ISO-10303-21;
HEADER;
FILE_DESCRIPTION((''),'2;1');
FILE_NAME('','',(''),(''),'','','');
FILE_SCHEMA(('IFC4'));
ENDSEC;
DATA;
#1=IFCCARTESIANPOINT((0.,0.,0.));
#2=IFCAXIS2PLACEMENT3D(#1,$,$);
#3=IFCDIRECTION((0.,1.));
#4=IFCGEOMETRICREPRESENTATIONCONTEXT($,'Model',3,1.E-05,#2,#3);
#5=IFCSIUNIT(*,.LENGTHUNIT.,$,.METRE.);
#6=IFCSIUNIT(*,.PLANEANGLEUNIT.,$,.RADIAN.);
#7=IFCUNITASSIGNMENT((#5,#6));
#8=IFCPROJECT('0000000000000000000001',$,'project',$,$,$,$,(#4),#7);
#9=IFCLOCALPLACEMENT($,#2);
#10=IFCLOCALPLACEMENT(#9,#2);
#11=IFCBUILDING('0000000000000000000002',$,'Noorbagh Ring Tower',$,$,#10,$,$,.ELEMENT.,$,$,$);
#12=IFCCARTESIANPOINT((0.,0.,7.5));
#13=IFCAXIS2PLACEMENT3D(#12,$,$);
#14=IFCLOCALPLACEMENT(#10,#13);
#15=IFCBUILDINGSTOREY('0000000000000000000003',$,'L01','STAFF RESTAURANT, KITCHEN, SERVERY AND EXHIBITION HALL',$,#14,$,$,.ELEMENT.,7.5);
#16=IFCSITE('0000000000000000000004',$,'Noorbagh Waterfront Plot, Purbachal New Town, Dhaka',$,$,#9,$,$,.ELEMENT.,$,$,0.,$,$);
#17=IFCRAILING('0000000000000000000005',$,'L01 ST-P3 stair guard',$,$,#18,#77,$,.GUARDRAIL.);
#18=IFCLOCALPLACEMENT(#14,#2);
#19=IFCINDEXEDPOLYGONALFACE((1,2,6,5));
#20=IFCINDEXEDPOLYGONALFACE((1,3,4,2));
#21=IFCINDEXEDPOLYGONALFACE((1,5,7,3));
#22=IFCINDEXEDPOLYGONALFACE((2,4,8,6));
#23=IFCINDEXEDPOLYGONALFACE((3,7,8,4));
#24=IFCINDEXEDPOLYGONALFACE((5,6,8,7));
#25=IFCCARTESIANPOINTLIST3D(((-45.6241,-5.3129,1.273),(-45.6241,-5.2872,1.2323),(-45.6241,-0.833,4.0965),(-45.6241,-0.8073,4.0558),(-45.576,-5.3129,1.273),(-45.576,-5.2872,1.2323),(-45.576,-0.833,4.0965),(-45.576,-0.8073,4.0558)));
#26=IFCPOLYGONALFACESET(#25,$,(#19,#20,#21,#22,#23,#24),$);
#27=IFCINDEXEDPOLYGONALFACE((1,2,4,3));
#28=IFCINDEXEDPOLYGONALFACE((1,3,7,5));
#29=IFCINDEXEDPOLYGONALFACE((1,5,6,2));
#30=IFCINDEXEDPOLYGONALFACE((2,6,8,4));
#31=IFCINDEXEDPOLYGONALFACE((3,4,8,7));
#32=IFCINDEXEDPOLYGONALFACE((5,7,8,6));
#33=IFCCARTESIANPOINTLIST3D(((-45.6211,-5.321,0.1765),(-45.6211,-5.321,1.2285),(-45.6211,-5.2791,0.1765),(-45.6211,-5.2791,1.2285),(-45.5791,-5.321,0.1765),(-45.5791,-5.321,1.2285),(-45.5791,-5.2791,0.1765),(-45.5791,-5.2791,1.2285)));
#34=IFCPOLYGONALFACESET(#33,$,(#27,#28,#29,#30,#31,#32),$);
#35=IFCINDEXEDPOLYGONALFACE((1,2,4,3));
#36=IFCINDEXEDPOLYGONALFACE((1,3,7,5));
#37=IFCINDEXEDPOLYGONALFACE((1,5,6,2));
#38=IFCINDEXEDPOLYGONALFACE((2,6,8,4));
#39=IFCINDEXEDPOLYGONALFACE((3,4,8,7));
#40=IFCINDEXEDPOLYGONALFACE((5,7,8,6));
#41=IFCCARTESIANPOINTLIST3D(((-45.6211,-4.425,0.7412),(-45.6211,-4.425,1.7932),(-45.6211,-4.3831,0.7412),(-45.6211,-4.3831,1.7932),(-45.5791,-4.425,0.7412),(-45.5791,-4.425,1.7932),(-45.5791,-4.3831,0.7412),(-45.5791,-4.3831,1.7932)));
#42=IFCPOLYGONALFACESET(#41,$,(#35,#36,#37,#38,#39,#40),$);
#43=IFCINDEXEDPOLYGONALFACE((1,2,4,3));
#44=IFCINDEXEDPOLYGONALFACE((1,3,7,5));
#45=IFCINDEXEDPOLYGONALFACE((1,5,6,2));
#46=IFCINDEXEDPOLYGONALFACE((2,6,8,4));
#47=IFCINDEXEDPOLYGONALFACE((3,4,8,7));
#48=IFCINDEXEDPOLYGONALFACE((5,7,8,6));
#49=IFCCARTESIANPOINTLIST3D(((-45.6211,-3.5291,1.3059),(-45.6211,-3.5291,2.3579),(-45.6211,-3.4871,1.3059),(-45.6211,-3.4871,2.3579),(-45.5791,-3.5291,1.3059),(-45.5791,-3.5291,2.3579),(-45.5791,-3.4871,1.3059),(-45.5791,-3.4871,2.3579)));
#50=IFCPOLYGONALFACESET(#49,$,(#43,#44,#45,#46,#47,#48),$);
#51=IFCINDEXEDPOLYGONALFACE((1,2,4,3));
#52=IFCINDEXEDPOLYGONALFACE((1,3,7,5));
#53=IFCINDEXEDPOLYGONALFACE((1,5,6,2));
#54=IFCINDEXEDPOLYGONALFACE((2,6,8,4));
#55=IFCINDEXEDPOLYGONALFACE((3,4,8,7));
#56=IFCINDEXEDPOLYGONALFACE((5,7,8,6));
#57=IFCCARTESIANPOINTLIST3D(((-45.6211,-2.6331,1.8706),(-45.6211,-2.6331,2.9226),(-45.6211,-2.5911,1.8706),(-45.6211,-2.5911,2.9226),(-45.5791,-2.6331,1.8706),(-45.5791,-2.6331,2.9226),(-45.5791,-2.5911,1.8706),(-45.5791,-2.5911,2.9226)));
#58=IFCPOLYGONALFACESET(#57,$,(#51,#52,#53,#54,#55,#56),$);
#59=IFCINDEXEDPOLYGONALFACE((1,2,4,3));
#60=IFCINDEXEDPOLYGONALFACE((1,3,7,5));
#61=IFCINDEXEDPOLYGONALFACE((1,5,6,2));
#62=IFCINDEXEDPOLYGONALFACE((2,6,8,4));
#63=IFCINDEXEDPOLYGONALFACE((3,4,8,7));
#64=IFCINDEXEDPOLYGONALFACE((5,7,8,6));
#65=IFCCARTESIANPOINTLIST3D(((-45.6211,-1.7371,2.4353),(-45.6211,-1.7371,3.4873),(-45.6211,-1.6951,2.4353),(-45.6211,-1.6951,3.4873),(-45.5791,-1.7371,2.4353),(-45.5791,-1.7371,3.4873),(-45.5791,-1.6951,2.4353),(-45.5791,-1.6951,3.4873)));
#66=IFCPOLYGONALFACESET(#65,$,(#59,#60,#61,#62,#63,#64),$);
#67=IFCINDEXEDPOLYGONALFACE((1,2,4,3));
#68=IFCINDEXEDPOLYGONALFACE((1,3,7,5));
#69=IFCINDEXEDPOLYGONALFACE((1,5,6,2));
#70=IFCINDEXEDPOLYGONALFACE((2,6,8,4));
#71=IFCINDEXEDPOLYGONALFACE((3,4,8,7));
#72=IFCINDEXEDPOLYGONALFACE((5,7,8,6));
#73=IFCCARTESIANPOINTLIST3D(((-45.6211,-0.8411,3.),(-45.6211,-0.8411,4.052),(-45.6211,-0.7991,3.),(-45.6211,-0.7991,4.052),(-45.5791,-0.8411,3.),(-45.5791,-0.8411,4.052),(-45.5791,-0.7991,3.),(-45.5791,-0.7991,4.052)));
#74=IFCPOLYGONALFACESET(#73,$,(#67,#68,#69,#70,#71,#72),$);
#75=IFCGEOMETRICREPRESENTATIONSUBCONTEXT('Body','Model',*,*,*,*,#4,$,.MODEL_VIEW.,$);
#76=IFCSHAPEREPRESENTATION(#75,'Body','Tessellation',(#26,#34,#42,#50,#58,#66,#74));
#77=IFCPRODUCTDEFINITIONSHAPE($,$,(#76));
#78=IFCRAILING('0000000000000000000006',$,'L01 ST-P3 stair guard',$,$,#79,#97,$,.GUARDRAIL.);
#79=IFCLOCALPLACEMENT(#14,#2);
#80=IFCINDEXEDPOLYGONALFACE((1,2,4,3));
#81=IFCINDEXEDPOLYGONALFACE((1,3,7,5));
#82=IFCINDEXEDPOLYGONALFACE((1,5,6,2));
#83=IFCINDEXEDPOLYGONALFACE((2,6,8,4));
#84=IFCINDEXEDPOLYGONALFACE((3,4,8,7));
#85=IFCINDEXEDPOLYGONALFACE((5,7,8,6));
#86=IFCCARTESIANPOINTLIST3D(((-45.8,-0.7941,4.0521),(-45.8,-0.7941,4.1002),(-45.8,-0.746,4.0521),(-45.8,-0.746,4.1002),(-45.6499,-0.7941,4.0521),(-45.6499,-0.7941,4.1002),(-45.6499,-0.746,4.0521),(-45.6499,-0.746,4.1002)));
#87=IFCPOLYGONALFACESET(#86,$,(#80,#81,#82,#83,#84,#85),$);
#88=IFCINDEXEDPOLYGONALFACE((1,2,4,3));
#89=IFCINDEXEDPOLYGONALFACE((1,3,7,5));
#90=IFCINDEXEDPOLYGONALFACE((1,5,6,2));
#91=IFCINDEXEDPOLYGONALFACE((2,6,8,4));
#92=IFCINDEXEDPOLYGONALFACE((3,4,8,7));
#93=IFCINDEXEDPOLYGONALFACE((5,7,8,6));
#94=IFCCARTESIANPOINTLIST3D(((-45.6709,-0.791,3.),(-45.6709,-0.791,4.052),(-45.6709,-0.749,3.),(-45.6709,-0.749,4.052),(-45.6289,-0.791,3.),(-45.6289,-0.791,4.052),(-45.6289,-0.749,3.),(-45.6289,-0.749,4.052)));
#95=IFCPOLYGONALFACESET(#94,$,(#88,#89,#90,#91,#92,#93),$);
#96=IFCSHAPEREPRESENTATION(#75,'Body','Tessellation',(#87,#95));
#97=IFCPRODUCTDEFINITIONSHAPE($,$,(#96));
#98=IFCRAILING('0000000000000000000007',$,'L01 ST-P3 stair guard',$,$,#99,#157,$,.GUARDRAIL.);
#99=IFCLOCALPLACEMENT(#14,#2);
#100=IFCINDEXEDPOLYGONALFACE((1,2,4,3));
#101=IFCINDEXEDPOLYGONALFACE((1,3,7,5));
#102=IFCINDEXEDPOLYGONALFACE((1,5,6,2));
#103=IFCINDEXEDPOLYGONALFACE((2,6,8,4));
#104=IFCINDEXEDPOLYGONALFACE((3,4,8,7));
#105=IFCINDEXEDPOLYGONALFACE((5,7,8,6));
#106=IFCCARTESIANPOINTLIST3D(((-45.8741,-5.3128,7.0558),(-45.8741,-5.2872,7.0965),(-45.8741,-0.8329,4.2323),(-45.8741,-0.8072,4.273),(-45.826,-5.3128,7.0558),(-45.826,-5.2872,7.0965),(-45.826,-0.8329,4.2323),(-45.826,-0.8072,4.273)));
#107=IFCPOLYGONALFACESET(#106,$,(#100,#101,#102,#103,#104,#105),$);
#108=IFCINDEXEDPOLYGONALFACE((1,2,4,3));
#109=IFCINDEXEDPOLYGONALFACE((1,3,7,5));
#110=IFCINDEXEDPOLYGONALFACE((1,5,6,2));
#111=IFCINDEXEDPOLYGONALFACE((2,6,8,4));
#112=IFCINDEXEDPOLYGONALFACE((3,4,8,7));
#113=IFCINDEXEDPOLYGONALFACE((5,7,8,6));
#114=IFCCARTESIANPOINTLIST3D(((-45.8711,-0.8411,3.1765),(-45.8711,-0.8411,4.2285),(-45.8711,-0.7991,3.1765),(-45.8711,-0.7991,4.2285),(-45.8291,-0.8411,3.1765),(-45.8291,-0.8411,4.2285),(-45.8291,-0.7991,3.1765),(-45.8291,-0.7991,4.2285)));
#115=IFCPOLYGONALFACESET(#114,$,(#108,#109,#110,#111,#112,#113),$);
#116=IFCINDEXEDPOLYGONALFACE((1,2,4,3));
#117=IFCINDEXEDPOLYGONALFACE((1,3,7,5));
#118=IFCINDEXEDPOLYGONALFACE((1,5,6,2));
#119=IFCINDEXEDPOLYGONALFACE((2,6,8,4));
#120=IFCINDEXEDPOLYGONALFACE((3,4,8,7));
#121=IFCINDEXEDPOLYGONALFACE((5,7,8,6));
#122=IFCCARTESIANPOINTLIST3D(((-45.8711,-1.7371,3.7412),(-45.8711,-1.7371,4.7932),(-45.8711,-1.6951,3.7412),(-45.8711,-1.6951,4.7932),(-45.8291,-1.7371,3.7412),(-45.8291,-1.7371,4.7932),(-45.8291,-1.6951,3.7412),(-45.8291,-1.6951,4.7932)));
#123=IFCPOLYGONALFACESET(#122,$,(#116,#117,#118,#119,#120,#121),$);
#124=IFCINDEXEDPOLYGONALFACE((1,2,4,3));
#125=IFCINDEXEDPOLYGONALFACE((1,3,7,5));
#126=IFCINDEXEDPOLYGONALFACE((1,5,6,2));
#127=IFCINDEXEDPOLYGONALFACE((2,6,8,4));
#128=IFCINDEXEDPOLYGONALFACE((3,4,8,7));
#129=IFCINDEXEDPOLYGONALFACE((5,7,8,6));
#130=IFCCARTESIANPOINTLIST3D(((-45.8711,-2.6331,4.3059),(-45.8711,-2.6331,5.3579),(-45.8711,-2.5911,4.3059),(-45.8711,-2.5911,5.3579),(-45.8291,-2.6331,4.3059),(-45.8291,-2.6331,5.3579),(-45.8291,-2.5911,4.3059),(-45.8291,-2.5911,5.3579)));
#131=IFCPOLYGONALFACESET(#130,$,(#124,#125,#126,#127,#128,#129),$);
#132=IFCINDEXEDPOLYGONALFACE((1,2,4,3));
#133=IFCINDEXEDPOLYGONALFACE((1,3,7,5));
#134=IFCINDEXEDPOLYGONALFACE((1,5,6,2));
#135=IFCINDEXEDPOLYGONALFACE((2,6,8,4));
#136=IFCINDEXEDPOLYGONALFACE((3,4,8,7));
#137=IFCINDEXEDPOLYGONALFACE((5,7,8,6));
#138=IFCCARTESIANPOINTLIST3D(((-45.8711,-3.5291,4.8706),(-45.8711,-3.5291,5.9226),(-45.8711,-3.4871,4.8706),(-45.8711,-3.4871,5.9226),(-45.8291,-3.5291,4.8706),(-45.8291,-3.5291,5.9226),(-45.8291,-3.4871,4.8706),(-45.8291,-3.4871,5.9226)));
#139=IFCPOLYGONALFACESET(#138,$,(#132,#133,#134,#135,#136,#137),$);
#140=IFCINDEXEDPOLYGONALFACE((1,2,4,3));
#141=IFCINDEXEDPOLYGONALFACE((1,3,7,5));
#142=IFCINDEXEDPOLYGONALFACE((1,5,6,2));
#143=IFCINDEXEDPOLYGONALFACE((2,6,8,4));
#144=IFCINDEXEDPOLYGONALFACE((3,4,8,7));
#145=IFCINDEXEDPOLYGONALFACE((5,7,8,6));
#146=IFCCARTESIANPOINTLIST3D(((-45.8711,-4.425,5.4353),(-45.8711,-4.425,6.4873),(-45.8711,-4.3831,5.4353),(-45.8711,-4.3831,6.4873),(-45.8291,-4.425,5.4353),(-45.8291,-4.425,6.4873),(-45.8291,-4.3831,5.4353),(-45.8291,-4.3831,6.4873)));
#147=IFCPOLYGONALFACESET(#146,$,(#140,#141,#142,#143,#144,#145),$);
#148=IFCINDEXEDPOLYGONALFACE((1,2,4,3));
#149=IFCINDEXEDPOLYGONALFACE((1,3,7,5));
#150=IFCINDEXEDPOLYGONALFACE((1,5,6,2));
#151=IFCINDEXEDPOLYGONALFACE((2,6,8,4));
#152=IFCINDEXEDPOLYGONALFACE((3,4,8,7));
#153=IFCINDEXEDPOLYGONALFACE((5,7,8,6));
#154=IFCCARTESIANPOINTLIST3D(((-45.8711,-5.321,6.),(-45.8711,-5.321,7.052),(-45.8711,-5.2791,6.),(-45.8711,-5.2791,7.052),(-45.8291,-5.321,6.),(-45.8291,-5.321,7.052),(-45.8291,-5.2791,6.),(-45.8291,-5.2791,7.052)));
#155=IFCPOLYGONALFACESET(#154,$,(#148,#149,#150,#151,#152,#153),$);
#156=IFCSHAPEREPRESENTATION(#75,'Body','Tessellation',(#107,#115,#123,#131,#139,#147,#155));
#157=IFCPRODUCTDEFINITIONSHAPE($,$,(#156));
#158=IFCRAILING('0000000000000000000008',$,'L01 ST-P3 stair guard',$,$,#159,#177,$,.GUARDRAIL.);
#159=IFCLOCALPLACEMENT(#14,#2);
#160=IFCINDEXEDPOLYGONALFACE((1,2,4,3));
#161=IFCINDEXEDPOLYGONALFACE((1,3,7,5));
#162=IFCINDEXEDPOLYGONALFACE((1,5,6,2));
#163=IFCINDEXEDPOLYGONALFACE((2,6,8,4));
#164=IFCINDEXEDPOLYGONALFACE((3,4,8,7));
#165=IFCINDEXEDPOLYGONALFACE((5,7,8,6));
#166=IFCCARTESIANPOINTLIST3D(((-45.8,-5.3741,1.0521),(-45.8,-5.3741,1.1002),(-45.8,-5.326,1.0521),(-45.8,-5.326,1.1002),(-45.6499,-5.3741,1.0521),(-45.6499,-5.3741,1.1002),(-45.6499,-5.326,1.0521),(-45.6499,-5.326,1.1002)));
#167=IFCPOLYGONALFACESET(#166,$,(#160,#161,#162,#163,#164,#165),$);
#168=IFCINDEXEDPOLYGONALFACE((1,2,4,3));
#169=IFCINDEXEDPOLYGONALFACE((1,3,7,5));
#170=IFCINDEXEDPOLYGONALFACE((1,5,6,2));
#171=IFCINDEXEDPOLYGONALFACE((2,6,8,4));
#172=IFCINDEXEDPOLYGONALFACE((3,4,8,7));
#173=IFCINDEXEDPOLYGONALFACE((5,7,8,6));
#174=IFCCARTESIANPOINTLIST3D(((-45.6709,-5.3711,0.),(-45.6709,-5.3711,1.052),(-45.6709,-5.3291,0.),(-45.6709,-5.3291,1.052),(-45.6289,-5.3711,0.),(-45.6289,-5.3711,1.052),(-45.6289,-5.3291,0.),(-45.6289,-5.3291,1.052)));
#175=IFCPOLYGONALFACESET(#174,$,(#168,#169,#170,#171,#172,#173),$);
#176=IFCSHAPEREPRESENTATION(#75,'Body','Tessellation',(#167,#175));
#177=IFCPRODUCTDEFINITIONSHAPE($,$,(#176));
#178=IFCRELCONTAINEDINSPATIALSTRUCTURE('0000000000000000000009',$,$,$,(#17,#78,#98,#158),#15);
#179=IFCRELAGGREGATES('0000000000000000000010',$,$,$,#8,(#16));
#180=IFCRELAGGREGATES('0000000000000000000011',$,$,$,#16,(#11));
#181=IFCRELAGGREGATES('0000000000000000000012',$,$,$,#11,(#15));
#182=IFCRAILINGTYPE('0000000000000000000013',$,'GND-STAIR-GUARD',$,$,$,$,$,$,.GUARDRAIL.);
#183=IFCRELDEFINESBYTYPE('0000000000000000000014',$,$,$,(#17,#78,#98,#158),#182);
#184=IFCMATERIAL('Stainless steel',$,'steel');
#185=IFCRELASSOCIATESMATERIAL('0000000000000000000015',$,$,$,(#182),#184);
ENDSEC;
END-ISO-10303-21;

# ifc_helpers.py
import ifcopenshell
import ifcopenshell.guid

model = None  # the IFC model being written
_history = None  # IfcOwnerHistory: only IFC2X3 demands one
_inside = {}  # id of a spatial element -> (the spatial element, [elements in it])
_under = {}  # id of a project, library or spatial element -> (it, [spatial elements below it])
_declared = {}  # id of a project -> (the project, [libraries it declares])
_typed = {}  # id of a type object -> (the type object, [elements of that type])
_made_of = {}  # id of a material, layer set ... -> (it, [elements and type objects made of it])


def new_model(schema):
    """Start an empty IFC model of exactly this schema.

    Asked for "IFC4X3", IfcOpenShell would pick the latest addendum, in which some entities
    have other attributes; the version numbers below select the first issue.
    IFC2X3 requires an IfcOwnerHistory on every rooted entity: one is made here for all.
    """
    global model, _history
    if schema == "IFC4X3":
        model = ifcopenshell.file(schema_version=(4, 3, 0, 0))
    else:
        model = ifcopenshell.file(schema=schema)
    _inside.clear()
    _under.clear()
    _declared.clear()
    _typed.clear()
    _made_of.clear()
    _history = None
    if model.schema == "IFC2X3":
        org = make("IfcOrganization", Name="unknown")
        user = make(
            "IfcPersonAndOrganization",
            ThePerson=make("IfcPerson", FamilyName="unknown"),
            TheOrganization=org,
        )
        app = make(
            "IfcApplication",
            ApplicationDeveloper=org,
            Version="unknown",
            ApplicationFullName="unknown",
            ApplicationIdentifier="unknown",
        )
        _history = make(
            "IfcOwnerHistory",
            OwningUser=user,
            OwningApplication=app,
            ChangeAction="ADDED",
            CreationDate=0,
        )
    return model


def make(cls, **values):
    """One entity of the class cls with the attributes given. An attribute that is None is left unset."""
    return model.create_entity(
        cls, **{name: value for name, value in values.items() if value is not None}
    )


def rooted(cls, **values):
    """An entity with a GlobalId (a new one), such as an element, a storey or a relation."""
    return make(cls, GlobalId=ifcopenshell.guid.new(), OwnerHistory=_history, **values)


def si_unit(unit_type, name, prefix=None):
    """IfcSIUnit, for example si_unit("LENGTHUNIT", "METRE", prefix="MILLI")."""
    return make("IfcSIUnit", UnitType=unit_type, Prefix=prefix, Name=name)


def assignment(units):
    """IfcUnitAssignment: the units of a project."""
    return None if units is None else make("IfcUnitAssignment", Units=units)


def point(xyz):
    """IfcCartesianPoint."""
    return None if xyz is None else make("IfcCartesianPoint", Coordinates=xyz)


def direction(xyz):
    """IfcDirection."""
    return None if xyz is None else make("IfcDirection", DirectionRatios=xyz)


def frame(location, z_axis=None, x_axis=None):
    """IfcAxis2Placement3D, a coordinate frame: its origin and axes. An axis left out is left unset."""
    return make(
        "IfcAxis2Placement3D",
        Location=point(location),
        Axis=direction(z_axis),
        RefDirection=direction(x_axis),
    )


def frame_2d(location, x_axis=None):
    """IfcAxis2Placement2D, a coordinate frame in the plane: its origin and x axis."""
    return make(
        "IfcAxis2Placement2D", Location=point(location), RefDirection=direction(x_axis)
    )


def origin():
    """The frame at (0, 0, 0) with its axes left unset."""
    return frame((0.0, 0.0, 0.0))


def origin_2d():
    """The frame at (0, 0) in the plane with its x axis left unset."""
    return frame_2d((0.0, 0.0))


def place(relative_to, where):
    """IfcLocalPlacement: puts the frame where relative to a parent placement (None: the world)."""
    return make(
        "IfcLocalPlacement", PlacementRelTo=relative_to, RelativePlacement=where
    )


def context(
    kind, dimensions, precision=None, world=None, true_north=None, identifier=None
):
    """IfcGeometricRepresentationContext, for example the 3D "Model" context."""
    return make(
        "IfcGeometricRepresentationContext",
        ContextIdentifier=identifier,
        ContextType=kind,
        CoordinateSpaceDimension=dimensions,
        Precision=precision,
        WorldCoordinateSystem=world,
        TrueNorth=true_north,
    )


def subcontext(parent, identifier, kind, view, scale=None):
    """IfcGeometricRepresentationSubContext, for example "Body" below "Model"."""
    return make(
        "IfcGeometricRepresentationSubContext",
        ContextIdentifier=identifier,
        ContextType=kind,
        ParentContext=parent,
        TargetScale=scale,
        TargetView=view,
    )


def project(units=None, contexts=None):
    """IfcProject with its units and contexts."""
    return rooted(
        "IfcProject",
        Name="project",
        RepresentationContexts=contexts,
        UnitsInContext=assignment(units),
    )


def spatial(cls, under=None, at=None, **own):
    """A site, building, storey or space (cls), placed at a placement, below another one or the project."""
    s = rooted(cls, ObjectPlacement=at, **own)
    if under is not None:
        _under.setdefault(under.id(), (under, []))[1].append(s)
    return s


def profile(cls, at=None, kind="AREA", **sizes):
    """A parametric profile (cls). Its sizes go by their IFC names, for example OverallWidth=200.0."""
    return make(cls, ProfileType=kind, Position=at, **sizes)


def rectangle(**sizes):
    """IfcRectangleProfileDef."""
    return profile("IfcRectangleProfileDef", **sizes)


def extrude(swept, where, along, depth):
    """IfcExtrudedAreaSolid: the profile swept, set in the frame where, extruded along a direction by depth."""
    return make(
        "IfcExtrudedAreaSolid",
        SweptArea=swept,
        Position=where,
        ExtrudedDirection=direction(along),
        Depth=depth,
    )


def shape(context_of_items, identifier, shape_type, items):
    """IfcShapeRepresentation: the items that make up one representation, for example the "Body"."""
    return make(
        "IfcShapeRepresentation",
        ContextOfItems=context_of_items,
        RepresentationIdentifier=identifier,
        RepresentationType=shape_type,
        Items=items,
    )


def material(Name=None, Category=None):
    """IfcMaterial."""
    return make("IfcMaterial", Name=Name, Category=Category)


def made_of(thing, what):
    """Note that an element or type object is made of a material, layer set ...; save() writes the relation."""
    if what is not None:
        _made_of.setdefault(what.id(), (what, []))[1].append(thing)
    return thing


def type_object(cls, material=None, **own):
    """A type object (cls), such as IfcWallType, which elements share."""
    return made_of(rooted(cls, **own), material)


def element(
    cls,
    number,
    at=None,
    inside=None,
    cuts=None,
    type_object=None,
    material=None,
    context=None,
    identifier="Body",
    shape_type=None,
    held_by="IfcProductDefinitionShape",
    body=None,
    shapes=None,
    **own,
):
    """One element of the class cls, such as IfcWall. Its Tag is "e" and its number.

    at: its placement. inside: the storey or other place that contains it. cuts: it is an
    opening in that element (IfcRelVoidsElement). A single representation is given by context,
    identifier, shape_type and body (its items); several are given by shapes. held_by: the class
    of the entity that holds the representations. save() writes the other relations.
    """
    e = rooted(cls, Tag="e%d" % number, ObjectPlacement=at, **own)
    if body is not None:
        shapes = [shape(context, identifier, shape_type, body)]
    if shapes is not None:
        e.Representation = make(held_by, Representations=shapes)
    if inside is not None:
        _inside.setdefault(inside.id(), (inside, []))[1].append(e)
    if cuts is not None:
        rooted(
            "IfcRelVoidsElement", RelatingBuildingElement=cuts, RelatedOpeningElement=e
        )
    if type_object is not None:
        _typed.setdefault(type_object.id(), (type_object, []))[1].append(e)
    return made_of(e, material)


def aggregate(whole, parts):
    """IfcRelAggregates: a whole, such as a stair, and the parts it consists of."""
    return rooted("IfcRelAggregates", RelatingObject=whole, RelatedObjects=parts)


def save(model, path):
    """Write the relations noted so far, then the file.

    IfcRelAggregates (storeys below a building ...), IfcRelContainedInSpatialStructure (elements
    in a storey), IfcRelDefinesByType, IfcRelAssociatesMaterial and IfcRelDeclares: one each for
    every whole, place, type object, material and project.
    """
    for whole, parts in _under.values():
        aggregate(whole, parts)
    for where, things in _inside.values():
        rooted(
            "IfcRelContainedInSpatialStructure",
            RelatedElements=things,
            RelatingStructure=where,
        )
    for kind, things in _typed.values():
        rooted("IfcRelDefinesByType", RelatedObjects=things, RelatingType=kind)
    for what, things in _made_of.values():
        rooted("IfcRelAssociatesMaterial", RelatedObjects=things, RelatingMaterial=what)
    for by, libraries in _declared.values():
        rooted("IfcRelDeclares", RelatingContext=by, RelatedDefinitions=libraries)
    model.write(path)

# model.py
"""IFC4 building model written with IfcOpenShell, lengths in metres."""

from ifc_helpers import new_model, si_unit, direction, frame, origin, origin_2d, place, context, subcontext, project, spatial, rectangle, extrude, material, type_object, element, save


model = new_model("IFC4")

# Units and contexts
model_context = context("Model", 3, precision=1e-05, world=origin(), true_north=direction((0.0, 1.0)))
body_context = subcontext(model_context, "Body", "Model", "MODEL_VIEW")
ifc_project = project(units=[si_unit("LENGTHUNIT", "METRE"), si_unit("PLANEANGLEUNIT", "RADIAN")], contexts=[model_context])

# Site, building, storey
site_placement = place(None, origin())
site = spatial("IfcSite", under=ifc_project, at=site_placement, Name="Noorbagh Waterfront Plot, Purbachal New Town, Dhaka", CompositionType="ELEMENT", RefElevation=0.0)
building_placement = place(site_placement, origin())
building = spatial("IfcBuilding", under=site, at=building_placement, Name="Noorbagh Ring Tower", CompositionType="ELEMENT")
storey_placement = place(building_placement, frame((0.0, 0.0, 7.5)))
storey = spatial("IfcBuildingStorey", under=building, at=storey_placement, Name="L01", Description="STAFF RESTAURANT, KITCHEN, SERVERY AND EXHIBITION HALL", CompositionType="ELEMENT", Elevation=7.5)

# Railings
ifc_material_1 = material(Name="Stainless steel", Category="steel")
railing_type = type_object("IfcRailingType", Name="GND-STAIR-GUARD", PredefinedType="GUARDRAIL", material=ifc_material_1)
railing_1_placement = place(storey_placement, frame((-45.6001, -5.3, 0.1765)))
element("IfcRailing", 1, at=railing_1_placement, inside=storey, type_object=railing_type, Name="L01 ST-P3 stair guard", PredefinedType="GUARDRAIL", context=body_context, shape_type="SweptSolid", body=[
    extrude(rectangle(XDim=0.0481, YDim=0.0481, at=origin_2d()), frame((0.0, 0.0, 1.0762), z_axis=(0.0, 0.845998, 0.533186), x_axis=(-1.0, 0.0, 0.0)), (0.0, 0.0, 1.0), 5.2954),
    extrude(rectangle(XDim=0.042, YDim=0.042, at=origin_2d()), origin(), (0.0, 0.0, 1.0), 1.052),
    extrude(rectangle(XDim=0.042, YDim=0.042, at=origin_2d()), frame((0.0, 0.896, 0.5647)), (0.0, 0.0, 1.0), 1.052),
    extrude(rectangle(XDim=0.042, YDim=0.042, at=origin_2d()), frame((0.0, 1.792, 1.1294)), (0.0, 0.0, 1.0), 1.052),
    extrude(rectangle(XDim=0.042, YDim=0.042, at=origin_2d()), frame((0.0, 2.688, 1.6941)), (0.0, 0.0, 1.0), 1.052),
    extrude(rectangle(XDim=0.042, YDim=0.042, at=origin_2d()), frame((0.0, 3.584, 2.2588)), (0.0, 0.0, 1.0), 1.052),
    extrude(rectangle(XDim=0.042, YDim=0.042, at=origin_2d()), frame((0.0, 4.48, 2.8235)), (0.0, 0.0, 1.0), 1.052),
])
railing_2_placement = place(storey_placement, frame((-45.6499, -0.77, 3.0)))
element("IfcRailing", 2, at=railing_2_placement, inside=storey, type_object=railing_type, Name="L01 ST-P3 stair guard", PredefinedType="GUARDRAIL", context=body_context, shape_type="SweptSolid", body=[
    extrude(rectangle(XDim=0.0481, YDim=0.0481, at=origin_2d()), frame((0.0, 0.0, 1.0762), z_axis=(-1.0, 0.0, 0.0), x_axis=(0.0, -1.0, 0.0)), (0.0, 0.0, 1.0), 0.1501),
    extrude(rectangle(XDim=0.042, YDim=0.042, at=origin_2d()), origin(), (0.0, 0.0, 1.0), 1.052),
])
railing_3_placement = place(storey_placement, frame((-45.8501, -0.8201, 3.1765)))
element("IfcRailing", 3, at=railing_3_placement, inside=storey, type_object=railing_type, Name="L01 ST-P3 stair guard", PredefinedType="GUARDRAIL", context=body_context, shape_type="SweptSolid", body=[
    extrude(rectangle(XDim=0.0481, YDim=0.0481, at=origin_2d()), frame((0.0, 0.0, 1.0762), z_axis=(0.0, -0.845998, 0.533186), x_axis=(1.0, 0.0, 0.0)), (0.0, 0.0, 1.0), 5.2954),
    extrude(rectangle(XDim=0.042, YDim=0.042, at=origin_2d()), origin(), (0.0, 0.0, 1.0), 1.052),
    extrude(rectangle(XDim=0.042, YDim=0.042, at=origin_2d()), frame((0.0, -0.896, 0.5647)), (0.0, 0.0, 1.0), 1.052),
    extrude(rectangle(XDim=0.042, YDim=0.042, at=origin_2d()), frame((0.0, -1.792, 1.1294)), (0.0, 0.0, 1.0), 1.052),
    extrude(rectangle(XDim=0.042, YDim=0.042, at=origin_2d()), frame((0.0, -2.688, 1.6941)), (0.0, 0.0, 1.0), 1.052),
    extrude(rectangle(XDim=0.042, YDim=0.042, at=origin_2d()), frame((0.0, -3.584, 2.2588)), (0.0, 0.0, 1.0), 1.052),
    extrude(rectangle(XDim=0.042, YDim=0.042, at=origin_2d()), frame((0.0, -4.48, 2.8235)), (0.0, 0.0, 1.0), 1.052),
])
railing_4_placement = place(storey_placement, frame((-45.6499, -5.3501, 0.0)))
element("IfcRailing", 4, at=railing_4_placement, inside=storey, type_object=railing_type, Name="L01 ST-P3 stair guard", PredefinedType="GUARDRAIL", context=body_context, shape_type="SweptSolid", body=[
    extrude(rectangle(XDim=0.0481, YDim=0.0481, at=origin_2d()), frame((0.0, 0.0, 1.0762), z_axis=(-1.0, 0.0, 0.0), x_axis=(0.0, -1.0, 0.0)), (0.0, 0.0, 1.0), 0.1501),
    extrude(rectangle(XDim=0.042, YDim=0.042, at=origin_2d()), origin(), (0.0, 0.0, 1.0), 1.052),
])

save(model, "model.ifc")
